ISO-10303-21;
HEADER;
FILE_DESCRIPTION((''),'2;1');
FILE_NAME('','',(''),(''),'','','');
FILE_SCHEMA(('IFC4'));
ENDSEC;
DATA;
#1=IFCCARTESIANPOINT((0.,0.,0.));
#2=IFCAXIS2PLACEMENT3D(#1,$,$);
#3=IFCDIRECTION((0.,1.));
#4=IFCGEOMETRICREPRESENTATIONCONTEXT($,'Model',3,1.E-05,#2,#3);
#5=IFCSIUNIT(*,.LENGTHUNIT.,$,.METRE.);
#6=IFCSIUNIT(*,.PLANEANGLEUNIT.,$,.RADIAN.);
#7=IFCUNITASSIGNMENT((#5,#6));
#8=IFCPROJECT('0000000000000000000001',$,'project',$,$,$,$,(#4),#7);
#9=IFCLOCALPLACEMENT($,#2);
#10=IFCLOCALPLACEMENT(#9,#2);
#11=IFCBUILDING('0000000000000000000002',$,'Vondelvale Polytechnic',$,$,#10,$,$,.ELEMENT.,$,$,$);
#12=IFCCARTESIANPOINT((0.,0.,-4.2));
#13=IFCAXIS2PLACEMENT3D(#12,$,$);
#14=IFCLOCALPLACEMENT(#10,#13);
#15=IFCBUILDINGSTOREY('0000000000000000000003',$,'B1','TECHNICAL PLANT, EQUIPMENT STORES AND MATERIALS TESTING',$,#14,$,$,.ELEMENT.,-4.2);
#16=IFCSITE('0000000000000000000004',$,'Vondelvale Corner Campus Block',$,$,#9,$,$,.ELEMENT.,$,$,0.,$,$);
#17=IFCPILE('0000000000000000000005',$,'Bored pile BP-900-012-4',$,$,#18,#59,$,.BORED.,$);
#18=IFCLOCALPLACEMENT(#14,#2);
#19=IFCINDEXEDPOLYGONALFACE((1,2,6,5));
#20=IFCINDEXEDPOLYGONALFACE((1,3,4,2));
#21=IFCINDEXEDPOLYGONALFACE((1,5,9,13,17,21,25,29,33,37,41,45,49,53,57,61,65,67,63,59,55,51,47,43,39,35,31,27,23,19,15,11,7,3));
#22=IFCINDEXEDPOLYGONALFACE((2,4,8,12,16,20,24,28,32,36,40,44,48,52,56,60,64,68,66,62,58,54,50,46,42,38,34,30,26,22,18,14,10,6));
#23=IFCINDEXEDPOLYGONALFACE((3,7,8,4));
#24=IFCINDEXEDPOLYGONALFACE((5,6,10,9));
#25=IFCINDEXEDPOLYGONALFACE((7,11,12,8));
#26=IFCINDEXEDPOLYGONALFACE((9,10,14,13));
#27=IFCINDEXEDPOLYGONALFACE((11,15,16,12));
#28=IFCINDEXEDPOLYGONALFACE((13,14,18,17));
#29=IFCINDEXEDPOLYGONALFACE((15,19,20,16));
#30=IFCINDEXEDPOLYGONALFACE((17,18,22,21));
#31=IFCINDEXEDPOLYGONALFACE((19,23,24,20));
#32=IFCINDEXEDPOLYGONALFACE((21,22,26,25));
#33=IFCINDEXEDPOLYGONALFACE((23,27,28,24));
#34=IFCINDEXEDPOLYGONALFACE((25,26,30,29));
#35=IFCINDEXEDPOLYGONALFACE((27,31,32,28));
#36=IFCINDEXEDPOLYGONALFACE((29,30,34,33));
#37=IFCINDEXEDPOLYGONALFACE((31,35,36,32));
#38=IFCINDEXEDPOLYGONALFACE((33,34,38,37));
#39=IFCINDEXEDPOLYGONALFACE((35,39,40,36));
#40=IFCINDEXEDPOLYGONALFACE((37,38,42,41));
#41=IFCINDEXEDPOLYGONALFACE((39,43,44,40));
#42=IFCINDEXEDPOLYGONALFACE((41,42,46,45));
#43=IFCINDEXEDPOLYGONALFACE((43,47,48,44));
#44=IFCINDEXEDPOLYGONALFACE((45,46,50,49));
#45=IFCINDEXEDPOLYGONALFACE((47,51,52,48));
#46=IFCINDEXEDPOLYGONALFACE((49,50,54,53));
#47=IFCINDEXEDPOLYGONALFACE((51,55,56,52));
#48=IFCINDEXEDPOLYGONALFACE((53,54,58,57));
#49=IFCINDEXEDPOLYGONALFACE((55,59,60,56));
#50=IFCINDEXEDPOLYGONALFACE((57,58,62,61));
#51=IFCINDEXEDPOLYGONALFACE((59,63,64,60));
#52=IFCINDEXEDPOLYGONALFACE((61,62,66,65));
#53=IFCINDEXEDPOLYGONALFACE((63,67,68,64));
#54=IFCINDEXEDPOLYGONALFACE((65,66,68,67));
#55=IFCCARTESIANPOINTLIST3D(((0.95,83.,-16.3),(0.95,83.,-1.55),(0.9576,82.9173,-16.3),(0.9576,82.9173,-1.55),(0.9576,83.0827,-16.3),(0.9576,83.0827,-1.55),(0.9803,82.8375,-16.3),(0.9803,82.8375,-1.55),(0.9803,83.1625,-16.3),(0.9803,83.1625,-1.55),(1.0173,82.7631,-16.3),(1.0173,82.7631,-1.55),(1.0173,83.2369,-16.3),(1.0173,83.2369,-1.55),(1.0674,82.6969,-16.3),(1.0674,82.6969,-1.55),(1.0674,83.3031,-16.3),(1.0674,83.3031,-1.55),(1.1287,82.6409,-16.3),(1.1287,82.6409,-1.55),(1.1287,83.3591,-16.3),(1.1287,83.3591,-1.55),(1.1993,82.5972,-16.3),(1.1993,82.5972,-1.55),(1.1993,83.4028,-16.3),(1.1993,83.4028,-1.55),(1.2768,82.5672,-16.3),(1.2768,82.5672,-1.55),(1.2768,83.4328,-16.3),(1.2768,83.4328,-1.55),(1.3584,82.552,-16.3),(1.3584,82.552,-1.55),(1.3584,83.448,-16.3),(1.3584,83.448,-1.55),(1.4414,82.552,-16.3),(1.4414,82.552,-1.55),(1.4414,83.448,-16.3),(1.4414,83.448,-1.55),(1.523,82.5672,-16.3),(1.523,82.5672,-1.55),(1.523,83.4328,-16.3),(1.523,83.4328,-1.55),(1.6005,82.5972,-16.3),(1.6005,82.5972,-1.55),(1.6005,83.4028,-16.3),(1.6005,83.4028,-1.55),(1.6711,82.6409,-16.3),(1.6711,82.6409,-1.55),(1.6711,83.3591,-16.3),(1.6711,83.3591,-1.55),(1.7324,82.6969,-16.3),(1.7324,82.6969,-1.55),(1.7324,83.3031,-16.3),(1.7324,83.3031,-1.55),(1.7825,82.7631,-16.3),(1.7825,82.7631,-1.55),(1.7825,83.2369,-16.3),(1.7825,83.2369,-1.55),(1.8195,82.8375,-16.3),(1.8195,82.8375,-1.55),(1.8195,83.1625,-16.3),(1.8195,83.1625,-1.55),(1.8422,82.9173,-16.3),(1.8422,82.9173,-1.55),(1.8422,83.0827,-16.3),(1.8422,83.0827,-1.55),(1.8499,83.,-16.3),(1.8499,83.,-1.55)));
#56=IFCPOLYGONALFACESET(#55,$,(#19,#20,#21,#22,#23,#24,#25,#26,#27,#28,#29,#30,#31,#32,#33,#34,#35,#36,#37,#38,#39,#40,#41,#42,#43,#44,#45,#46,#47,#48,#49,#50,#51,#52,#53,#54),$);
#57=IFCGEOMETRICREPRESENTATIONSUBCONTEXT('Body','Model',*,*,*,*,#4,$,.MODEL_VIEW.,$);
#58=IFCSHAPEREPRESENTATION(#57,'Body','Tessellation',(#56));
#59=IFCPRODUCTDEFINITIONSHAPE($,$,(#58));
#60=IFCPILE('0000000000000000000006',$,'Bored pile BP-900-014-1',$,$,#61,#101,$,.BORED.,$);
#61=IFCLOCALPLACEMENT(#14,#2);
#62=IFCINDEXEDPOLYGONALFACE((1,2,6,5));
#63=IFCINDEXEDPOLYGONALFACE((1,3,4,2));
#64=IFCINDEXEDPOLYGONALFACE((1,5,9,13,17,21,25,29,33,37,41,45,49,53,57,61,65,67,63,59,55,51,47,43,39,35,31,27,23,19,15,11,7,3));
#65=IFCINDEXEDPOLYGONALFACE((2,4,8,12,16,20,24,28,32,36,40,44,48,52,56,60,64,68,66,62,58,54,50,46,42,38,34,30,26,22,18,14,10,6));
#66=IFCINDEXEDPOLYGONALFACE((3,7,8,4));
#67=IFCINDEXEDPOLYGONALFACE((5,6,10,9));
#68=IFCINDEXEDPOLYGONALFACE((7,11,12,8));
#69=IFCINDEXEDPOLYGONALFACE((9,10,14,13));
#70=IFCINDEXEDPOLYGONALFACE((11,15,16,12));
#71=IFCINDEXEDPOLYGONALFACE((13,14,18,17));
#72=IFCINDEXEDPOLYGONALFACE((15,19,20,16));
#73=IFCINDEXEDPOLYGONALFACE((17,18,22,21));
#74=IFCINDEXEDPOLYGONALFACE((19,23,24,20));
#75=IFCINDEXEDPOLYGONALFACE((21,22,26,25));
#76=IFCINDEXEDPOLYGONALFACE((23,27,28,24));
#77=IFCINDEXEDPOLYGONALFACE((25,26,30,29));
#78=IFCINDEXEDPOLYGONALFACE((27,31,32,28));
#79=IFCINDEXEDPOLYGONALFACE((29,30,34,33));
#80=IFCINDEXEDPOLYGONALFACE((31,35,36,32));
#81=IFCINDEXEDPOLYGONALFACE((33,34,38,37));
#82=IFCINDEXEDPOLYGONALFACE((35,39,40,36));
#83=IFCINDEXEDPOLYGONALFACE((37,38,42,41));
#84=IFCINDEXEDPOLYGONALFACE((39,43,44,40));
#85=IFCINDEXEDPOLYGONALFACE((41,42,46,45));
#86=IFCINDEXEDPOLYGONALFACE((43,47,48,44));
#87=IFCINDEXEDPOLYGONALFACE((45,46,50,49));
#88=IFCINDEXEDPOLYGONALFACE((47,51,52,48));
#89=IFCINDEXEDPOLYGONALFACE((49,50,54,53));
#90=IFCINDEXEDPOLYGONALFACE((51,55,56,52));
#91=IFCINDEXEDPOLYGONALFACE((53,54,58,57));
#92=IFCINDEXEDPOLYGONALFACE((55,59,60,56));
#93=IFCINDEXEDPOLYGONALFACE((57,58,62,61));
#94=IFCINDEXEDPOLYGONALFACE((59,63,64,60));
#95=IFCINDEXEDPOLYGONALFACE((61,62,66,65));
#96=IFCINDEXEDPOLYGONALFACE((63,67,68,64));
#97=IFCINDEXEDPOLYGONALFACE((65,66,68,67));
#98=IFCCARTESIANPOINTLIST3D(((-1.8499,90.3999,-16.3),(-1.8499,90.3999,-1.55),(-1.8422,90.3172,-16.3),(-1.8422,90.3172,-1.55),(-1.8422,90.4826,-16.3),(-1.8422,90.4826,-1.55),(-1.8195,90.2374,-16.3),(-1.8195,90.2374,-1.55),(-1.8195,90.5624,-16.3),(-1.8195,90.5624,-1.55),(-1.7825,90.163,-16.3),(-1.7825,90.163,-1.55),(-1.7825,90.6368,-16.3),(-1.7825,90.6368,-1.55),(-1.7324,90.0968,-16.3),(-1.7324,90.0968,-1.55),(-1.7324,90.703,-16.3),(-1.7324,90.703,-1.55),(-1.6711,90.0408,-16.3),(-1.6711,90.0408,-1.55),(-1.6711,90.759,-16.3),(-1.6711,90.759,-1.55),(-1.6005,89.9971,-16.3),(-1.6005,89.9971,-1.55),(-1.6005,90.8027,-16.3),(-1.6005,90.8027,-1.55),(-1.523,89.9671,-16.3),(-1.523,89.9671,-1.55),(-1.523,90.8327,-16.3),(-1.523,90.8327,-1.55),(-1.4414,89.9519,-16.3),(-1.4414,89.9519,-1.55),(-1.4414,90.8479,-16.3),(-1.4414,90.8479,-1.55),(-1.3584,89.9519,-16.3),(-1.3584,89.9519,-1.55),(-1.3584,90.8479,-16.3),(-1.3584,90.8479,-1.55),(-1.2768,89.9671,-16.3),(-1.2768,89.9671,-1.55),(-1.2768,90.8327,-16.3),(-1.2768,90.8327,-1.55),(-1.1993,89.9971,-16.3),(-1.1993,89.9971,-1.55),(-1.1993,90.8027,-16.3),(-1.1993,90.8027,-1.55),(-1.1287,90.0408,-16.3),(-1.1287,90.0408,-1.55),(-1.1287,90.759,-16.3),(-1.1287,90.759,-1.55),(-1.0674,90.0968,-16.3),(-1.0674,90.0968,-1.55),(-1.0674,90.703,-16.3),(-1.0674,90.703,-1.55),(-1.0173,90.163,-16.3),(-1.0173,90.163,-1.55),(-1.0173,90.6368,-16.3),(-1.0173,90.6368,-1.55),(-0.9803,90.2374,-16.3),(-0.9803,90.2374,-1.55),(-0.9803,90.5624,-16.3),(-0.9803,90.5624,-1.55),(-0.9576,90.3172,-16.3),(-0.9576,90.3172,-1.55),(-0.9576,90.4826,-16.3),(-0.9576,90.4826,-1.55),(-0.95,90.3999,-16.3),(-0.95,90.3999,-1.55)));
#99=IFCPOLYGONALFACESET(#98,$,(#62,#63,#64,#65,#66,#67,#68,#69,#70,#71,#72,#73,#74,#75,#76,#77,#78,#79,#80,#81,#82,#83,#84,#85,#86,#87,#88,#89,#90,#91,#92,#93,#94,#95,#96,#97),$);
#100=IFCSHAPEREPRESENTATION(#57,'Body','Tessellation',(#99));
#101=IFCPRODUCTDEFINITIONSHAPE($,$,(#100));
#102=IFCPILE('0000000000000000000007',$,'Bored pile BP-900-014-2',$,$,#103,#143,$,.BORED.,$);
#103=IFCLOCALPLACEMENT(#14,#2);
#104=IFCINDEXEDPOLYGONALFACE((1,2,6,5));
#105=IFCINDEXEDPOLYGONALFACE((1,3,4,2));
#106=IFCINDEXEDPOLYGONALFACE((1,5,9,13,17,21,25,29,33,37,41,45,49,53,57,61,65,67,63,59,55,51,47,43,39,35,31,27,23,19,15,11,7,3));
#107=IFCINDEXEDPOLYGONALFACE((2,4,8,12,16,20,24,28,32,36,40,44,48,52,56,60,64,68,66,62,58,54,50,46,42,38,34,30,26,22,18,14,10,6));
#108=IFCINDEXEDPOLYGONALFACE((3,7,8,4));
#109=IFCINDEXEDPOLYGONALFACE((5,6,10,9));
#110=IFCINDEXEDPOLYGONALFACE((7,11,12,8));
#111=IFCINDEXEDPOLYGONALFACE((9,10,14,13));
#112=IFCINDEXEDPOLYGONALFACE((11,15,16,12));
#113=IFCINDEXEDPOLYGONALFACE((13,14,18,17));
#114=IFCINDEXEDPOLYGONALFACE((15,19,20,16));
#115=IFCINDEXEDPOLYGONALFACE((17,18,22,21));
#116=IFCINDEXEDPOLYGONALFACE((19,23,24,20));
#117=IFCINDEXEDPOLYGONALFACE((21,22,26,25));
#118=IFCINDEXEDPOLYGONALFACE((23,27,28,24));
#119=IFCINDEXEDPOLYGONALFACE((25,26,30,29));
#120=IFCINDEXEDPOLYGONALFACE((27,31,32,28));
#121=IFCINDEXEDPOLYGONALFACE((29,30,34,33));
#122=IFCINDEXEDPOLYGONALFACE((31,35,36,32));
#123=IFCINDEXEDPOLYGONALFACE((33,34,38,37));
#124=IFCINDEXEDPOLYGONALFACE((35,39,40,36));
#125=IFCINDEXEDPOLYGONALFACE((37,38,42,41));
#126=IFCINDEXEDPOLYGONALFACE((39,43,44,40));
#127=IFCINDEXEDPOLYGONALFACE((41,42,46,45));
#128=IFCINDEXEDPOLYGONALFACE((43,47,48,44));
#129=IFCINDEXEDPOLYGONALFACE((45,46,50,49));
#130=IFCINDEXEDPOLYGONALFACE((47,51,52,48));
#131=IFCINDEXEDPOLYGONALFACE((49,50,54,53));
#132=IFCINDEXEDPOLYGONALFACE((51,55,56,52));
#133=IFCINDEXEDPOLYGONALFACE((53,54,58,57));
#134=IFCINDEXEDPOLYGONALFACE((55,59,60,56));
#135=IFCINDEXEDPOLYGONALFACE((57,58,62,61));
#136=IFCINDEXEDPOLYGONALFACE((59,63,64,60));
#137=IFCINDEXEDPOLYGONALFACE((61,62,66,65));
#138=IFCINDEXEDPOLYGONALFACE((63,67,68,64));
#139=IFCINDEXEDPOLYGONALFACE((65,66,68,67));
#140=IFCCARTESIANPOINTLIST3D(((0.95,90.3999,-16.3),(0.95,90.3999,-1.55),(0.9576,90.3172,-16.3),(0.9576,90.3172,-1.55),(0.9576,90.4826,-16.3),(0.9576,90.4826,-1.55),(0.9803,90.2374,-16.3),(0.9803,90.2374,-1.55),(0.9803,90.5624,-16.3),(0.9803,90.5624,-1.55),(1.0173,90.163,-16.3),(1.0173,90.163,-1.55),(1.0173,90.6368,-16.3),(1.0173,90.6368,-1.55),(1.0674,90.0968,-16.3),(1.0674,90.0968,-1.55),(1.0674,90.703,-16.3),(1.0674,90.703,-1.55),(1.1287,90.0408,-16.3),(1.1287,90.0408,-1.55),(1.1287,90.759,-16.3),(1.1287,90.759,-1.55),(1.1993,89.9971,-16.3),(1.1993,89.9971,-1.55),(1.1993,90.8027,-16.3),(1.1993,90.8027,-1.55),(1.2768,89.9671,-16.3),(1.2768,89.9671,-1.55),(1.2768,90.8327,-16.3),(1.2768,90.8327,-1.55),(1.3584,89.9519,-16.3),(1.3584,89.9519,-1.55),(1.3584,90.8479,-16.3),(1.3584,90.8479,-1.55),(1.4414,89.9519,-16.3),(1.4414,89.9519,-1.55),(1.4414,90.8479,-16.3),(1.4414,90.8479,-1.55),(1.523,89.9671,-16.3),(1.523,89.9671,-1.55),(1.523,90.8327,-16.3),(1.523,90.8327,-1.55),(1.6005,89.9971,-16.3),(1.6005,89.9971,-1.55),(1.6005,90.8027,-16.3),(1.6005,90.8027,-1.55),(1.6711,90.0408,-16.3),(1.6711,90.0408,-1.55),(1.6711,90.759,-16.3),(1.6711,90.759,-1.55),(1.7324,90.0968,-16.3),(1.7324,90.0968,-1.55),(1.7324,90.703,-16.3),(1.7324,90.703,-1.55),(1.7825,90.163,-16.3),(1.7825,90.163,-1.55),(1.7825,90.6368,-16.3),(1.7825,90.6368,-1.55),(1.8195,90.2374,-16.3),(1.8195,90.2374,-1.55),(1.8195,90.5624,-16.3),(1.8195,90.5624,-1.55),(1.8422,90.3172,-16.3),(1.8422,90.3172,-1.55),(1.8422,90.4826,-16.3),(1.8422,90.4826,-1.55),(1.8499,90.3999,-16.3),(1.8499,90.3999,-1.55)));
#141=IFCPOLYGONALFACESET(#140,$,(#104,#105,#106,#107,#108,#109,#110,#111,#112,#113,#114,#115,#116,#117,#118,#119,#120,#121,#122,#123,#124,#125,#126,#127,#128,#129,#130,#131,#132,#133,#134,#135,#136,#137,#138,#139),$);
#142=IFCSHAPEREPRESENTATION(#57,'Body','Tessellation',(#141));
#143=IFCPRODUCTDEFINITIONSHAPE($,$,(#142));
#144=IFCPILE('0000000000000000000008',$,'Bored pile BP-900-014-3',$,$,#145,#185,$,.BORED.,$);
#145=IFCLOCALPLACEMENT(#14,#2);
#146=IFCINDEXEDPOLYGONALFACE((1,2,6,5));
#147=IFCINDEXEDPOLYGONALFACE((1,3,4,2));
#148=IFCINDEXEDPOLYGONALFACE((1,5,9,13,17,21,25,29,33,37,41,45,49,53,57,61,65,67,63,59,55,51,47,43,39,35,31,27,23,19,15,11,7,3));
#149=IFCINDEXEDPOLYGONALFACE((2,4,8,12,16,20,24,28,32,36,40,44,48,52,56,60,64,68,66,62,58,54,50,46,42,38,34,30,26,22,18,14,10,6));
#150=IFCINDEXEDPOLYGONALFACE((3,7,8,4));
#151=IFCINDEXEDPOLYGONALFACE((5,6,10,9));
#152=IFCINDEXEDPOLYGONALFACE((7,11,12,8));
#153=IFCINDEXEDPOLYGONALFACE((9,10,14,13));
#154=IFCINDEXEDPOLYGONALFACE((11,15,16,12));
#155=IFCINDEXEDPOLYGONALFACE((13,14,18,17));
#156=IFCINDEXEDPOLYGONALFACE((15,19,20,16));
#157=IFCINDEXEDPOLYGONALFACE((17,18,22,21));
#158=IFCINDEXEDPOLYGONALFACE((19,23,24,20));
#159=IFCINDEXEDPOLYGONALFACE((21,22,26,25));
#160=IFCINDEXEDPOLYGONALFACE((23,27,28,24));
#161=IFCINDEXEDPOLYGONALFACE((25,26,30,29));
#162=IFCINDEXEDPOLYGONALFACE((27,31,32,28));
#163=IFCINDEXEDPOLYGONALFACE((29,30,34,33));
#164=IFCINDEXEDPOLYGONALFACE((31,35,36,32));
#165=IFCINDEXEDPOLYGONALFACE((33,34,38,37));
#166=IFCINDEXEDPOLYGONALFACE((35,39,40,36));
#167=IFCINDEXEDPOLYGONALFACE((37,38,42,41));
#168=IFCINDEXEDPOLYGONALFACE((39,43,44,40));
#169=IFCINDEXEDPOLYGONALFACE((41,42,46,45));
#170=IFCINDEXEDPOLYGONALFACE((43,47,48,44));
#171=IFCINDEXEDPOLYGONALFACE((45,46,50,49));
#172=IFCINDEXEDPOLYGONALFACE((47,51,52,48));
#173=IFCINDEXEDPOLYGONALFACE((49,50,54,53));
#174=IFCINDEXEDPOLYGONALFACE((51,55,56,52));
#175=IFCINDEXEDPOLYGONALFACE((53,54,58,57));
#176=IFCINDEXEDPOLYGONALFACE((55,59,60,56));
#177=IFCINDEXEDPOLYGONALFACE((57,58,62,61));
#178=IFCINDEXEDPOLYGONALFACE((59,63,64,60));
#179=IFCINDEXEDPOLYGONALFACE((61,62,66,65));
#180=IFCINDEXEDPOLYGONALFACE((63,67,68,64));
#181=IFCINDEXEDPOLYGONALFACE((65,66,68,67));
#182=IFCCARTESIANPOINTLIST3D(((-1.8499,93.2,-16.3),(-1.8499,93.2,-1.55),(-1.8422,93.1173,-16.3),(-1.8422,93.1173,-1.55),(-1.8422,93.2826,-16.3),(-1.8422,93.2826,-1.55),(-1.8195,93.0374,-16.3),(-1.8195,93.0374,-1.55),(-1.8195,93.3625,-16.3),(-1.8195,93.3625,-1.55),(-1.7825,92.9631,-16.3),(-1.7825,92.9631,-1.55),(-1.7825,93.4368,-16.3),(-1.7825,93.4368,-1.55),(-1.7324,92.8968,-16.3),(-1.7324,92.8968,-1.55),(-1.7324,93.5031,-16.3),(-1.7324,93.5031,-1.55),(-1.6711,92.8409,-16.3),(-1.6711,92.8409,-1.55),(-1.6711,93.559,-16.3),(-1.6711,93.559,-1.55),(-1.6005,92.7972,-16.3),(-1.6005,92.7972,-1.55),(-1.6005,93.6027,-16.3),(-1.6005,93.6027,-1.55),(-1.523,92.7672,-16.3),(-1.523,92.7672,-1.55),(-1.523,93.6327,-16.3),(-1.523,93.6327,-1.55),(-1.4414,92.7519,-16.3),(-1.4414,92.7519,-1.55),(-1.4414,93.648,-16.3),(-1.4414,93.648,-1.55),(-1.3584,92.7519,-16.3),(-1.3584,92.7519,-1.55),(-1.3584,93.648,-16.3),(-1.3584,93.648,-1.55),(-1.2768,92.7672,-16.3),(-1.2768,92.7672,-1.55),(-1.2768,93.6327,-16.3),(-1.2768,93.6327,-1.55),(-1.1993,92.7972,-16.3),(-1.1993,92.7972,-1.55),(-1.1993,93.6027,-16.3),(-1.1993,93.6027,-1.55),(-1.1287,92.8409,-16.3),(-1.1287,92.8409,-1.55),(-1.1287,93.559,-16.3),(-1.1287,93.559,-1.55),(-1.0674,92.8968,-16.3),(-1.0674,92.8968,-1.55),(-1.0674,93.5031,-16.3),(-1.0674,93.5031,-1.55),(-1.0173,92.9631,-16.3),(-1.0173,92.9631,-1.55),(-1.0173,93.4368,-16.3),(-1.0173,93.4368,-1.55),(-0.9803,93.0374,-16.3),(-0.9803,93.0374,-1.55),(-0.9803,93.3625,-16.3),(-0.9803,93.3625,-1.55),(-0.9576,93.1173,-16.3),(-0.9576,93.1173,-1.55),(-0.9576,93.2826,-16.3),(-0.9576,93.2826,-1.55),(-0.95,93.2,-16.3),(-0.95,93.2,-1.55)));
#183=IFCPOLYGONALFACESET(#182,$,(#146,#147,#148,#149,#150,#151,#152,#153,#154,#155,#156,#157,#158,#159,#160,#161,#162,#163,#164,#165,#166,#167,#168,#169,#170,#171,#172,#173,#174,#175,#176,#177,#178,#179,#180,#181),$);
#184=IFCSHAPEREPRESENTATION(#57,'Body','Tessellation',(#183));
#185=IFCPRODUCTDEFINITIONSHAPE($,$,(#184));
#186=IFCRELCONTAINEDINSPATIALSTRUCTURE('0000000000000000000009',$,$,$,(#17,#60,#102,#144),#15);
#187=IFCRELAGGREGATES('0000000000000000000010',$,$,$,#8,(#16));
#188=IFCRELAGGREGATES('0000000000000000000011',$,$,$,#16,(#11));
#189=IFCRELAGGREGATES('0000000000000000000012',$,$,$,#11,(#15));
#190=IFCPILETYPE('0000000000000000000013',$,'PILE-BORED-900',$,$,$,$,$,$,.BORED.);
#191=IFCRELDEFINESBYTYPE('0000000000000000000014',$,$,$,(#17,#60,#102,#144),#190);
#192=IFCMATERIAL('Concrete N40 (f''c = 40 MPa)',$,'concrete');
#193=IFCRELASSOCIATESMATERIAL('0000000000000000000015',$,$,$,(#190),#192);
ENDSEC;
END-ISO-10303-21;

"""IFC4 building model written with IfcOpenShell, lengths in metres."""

from ifc_helpers import new_model, si_unit, direction, frame, origin, origin_2d, place, context, subcontext, project, spatial, circle, extrude, material, material_profile, profile_set, type_object, element, save


model = new_model("IFC4")

# Units and contexts
model_context = context("Model", 3, precision=1e-05, world=origin(), true_north=direction((0.0, 1.0)))
body_context = subcontext(model_context, "Body", "Model", "MODEL_VIEW")
ifc_project = project(units=[si_unit("LENGTHUNIT", "METRE"), si_unit("PLANEANGLEUNIT", "RADIAN")], contexts=[model_context])

# Site, building, storey
site_placement = place(None, origin())
site = spatial("IfcSite", under=ifc_project, at=site_placement, Name="Vondelvale Corner Campus Block", CompositionType="ELEMENT", RefElevation=0.0)
building_placement = place(site_placement, origin())
building = spatial("IfcBuilding", under=site, at=building_placement, Name="Vondelvale Polytechnic", CompositionType="ELEMENT")
storey_placement = place(building_placement, frame((0.0, 0.0, -4.2)))
storey = spatial("IfcBuildingStorey", under=building, at=storey_placement, Name="B1", Description="TECHNICAL PLANT, EQUIPMENT STORES AND MATERIALS TESTING", CompositionType="ELEMENT", Elevation=-4.2)

# Shared definitions
ifc_material_1 = material(Name="Concrete N40 (f'c = 40 MPa)", Category="concrete")

# Piles
ifc_material_profile_1 = material_profile(ifc_material_1, circle(Radius=0.45, at=origin_2d()), Name="PILE-D900")
ifc_profile_set_1 = profile_set([ifc_material_profile_1], Name="Concrete N40 (f'c = 40 MPa)")
pile_type_1 = type_object("IfcPileType", Name="PILE-BORED-900", PredefinedType="BORED", material=ifc_profile_set_1)
for number, where, z_axis, x_axis, name in (
    (1, (1.3999, 83.0, -1.55), (0.0, 0.0, -1.0), (1.0, 0.0, 0.0), "Bored pile BP-900-012-4"),
    (2, (-1.3999, 90.3999, -1.55), (0.0, 0.0, -1.0), (1.0, 0.0, 0.0), "Bored pile BP-900-014-1"),
    (3, (1.3999, 90.3999, -1.55), (0.0, 0.0, -1.0), (1.0, 0.0, 0.0), "Bored pile BP-900-014-2"),
    (4, (-1.3999, 93.2, -1.55), (0.0, 0.0, -1.0), (1.0, 0.0, 0.0), "Bored pile BP-900-014-3"),
):
    element("IfcPile", number, at=place(storey_placement, frame(where, z_axis=z_axis, x_axis=x_axis)), inside=storey, type_object=pile_type_1, Name=name, PredefinedType="BORED", context=body_context, shape_type="SweptSolid", body=[
        extrude(circle(Radius=0.45, at=origin_2d()), origin(), (0.0, 0.0, 1.0), 14.75),
    ])

save(model, "model.ifc")
